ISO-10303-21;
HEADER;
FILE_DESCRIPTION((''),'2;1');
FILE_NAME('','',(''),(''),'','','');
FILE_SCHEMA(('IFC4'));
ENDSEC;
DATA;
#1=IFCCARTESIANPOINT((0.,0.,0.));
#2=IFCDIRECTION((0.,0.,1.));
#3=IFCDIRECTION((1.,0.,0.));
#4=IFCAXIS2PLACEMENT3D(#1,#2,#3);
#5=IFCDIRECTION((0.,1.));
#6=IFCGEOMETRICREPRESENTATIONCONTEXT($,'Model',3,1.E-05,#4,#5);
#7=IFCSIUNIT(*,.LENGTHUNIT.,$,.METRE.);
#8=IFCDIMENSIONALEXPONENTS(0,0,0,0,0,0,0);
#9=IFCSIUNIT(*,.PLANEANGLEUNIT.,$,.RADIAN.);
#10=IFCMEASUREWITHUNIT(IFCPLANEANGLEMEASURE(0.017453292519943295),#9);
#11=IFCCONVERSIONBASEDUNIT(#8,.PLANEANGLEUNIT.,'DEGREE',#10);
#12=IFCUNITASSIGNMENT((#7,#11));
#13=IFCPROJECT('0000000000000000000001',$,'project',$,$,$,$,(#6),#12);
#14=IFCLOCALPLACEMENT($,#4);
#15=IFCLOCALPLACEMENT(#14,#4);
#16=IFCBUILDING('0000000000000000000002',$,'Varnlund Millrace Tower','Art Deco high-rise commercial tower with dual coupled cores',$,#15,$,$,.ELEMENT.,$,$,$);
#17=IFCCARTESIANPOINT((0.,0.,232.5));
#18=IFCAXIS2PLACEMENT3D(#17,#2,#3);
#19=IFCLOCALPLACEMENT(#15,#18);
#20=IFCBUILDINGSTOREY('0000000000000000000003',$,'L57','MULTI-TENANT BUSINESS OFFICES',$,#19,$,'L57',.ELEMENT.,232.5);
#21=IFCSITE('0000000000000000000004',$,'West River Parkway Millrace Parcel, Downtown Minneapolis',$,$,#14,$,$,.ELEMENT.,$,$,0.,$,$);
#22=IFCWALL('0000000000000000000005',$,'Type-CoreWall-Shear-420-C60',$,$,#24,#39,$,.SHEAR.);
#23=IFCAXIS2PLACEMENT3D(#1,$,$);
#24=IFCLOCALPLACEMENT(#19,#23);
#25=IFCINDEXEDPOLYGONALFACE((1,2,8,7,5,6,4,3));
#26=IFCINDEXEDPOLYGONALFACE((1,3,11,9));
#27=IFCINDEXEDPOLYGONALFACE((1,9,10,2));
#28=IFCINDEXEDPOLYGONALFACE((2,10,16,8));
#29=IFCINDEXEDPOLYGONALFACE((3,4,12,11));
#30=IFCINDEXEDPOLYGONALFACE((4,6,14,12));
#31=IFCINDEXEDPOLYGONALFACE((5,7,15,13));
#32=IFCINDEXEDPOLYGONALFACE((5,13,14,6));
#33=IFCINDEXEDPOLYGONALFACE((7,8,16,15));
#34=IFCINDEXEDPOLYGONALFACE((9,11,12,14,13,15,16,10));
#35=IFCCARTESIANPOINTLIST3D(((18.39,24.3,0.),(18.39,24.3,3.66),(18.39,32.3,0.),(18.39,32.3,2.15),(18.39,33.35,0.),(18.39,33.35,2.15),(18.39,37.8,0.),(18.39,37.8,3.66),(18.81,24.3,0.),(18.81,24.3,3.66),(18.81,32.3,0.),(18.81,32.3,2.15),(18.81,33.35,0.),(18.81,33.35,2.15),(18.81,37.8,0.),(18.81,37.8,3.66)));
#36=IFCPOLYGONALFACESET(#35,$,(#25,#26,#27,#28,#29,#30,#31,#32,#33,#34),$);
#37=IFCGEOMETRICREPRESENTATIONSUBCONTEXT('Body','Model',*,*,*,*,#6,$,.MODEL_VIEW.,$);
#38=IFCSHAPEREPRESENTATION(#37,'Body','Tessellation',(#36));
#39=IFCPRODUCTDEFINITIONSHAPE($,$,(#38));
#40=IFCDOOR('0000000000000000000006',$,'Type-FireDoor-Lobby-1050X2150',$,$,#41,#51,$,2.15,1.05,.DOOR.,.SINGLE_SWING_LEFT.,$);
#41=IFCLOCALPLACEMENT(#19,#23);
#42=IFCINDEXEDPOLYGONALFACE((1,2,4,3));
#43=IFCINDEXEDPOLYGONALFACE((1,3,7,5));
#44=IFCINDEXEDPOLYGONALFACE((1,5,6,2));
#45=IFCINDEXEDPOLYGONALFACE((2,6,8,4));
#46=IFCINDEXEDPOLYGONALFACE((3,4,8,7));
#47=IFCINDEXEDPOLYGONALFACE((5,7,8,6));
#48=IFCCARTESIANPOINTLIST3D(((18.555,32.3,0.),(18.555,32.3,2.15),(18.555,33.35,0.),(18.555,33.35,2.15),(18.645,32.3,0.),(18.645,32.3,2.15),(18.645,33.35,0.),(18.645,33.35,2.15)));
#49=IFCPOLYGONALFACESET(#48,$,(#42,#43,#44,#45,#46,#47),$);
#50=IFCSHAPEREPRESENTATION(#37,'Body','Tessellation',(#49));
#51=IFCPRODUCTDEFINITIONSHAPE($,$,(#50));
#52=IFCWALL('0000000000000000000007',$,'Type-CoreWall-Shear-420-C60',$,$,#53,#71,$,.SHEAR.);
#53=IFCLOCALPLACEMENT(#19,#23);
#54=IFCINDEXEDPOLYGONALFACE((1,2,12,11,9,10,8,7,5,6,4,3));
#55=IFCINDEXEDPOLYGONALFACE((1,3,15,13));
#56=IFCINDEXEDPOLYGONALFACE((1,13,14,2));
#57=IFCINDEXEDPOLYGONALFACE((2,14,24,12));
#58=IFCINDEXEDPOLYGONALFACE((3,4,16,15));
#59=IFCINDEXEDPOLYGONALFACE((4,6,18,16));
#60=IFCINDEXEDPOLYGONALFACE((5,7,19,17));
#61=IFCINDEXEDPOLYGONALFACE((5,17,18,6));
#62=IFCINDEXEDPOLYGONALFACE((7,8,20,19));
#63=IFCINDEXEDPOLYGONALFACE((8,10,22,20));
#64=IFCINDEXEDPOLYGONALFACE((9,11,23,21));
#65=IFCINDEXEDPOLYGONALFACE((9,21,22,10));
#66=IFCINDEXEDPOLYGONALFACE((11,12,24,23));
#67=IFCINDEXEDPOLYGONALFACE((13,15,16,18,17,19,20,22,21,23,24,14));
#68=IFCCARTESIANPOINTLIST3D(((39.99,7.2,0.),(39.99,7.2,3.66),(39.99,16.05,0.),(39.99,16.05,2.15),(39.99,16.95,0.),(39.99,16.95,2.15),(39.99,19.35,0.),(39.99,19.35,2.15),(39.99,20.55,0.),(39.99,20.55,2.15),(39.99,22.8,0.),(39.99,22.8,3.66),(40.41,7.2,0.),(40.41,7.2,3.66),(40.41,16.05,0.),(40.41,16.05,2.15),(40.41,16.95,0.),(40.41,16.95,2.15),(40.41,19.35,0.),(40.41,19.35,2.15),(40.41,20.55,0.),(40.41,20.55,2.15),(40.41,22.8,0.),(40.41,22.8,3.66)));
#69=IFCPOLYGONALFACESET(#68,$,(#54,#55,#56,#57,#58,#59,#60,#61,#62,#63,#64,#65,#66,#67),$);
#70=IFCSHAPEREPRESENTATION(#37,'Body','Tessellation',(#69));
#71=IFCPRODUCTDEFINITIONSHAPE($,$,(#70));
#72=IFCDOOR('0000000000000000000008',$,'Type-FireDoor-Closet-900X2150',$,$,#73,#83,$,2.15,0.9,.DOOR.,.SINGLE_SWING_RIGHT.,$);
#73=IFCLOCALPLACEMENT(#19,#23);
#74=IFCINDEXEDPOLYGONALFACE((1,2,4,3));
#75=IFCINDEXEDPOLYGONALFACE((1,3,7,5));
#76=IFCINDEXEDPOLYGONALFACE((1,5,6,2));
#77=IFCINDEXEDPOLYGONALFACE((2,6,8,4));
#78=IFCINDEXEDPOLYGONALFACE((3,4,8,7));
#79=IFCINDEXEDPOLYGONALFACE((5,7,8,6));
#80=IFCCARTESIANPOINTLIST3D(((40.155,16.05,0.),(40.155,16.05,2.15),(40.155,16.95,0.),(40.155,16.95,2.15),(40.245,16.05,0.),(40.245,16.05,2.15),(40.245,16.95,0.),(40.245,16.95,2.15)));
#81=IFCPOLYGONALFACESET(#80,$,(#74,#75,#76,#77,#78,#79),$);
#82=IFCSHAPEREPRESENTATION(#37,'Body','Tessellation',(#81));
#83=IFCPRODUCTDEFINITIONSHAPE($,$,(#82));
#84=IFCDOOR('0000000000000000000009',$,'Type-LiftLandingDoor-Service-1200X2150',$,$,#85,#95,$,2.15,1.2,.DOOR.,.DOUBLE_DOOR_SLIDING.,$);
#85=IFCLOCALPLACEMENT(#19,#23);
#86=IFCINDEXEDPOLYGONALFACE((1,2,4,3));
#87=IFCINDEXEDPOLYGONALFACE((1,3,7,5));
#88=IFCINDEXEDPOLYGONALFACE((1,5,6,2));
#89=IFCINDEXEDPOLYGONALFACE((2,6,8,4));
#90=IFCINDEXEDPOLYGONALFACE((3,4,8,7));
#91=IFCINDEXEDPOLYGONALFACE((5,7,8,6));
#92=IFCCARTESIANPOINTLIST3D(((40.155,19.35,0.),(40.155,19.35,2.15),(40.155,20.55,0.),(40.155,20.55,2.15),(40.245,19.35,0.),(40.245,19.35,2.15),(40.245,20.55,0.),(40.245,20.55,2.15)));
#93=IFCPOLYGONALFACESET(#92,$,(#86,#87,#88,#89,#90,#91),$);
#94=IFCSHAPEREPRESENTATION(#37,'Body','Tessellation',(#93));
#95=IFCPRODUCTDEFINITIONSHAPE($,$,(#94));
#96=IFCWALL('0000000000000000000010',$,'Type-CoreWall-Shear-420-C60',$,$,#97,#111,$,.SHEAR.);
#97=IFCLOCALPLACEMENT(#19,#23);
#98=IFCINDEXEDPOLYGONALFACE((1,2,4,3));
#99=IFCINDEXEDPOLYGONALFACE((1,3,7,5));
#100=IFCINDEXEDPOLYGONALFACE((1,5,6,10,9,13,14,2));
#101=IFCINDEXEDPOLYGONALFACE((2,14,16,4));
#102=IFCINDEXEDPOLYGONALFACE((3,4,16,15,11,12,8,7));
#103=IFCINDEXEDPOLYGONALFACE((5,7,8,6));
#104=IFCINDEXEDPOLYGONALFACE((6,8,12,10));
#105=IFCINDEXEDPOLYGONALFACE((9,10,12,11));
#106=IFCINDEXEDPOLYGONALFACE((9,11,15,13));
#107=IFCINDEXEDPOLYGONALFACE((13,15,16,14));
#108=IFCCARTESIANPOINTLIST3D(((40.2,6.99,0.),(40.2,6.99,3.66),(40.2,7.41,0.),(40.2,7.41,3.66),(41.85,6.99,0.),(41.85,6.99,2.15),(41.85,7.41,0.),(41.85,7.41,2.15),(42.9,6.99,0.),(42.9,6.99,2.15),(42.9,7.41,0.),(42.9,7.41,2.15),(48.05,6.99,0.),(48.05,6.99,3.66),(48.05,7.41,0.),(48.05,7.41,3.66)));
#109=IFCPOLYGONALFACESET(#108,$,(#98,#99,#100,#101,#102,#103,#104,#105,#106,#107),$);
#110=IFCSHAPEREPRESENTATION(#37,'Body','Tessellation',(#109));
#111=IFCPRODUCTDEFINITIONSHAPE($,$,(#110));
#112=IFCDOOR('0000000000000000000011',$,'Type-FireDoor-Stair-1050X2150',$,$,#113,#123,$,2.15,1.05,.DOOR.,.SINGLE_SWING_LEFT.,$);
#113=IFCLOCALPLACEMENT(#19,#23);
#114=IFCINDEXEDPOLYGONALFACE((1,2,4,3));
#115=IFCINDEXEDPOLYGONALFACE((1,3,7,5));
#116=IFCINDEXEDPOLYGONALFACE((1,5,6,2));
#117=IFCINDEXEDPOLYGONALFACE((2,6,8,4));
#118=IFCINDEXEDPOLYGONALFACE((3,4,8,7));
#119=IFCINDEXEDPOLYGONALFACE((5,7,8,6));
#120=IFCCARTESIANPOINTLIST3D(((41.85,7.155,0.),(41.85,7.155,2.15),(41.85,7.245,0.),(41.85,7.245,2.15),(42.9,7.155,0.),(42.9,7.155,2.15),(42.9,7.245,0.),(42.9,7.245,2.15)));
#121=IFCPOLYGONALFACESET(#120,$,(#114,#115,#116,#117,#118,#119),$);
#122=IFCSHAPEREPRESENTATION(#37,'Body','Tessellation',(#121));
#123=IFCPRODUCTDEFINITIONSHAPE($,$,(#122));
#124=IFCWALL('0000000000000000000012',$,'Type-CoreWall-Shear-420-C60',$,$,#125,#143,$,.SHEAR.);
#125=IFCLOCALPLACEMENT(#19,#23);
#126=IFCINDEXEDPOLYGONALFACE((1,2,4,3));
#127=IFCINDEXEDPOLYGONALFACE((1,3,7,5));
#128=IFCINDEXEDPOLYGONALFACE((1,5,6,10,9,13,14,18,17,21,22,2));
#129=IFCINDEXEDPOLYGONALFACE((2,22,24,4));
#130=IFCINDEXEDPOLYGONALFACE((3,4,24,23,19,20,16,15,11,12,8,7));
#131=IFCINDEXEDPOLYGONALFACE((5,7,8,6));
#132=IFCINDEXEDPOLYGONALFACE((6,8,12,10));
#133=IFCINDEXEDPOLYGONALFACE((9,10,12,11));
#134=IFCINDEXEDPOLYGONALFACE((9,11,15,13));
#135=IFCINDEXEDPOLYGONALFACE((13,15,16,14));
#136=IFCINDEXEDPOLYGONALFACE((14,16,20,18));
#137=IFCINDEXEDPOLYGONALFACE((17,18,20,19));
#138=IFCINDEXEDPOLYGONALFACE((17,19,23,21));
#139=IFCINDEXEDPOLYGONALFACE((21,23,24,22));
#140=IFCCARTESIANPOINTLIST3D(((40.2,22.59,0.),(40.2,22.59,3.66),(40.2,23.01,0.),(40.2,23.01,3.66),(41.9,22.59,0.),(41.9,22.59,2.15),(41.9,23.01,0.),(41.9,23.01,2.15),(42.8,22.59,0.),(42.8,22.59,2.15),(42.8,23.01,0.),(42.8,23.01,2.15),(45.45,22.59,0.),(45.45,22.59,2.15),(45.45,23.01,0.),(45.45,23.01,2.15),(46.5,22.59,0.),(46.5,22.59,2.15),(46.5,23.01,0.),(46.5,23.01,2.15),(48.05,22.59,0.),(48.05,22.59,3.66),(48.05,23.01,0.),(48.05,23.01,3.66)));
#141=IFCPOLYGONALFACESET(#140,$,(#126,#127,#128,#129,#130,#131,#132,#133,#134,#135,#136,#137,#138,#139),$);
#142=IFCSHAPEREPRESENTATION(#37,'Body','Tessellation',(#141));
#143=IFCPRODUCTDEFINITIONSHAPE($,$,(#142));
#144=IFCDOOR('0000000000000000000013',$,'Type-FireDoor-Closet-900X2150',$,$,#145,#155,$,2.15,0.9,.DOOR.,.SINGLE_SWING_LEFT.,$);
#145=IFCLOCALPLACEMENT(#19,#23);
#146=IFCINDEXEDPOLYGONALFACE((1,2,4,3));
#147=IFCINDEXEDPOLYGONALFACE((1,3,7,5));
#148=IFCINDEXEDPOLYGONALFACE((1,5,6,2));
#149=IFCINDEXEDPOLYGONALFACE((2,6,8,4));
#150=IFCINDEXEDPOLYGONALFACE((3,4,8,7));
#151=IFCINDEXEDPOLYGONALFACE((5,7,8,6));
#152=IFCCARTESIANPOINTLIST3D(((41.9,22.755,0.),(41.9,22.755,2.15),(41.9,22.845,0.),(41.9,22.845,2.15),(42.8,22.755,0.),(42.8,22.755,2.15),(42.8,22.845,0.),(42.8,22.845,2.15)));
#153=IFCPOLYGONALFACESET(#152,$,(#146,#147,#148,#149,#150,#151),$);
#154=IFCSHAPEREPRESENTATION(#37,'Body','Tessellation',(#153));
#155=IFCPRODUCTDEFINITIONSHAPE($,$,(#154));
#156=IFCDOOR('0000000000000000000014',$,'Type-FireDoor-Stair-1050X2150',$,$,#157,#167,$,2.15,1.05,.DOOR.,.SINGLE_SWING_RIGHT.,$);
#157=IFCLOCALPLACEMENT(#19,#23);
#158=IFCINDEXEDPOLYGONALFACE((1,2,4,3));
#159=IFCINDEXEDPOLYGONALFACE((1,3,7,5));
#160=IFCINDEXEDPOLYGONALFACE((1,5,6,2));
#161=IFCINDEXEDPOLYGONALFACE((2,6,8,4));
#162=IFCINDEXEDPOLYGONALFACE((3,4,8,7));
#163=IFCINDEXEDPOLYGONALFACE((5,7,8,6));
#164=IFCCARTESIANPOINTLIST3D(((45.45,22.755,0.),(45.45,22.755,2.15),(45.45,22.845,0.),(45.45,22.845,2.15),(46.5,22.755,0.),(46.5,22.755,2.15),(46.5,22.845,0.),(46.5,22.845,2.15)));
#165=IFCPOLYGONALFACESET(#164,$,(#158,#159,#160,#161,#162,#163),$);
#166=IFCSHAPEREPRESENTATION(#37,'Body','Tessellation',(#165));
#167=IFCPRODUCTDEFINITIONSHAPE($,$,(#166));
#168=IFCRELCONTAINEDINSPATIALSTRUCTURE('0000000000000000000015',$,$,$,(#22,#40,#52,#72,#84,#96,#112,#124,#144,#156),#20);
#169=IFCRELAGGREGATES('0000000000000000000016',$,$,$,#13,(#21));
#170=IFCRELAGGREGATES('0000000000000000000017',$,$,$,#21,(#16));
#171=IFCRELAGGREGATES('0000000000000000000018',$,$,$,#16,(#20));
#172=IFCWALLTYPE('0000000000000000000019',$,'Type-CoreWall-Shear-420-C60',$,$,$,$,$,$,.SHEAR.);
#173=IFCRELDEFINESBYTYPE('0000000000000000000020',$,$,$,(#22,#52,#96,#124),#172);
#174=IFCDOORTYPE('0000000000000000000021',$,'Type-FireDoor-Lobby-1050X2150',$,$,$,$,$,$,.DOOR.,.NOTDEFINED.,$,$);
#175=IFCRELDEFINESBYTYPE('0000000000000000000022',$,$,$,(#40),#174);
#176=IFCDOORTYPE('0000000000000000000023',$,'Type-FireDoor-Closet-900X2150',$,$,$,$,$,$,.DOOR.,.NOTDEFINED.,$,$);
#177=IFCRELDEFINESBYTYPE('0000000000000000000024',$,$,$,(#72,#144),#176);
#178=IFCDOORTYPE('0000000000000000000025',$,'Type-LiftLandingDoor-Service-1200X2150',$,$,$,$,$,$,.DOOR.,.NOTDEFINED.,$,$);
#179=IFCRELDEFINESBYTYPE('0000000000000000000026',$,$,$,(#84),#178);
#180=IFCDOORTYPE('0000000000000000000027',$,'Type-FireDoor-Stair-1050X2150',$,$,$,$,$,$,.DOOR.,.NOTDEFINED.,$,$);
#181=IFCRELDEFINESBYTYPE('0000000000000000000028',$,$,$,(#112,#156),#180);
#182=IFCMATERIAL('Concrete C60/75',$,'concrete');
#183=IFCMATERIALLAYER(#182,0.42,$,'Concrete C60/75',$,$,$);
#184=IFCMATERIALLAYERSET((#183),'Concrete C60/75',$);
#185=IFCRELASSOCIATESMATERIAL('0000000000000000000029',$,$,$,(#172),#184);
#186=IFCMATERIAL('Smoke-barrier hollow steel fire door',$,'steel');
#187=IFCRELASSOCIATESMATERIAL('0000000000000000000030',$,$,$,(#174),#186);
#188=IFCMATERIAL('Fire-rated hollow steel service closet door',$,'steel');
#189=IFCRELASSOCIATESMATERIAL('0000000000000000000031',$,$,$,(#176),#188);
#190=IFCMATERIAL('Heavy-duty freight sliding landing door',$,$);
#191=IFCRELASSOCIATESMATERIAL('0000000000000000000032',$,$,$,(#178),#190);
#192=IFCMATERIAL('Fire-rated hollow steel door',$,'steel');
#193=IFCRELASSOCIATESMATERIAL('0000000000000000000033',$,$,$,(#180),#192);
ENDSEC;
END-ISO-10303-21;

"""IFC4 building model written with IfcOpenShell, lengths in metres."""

from ifc_helpers import new_model, entity, si_unit, converted_unit, direction, frame, origin_with_axes, origin_2d_with_axis, place, context, subcontext, project, spatial, polyline, rectangle, outline, extrude, material, layer, layer_set, type_object, element, fill, save


model = new_model("IFC4")

# Units and contexts
model_context = context("Model", 3, precision=1e-05, world=origin_with_axes(), true_north=direction((0.0, 1.0)))
body_context = subcontext(model_context, "Body", "Model", "MODEL_VIEW")
ifc_project = project(units=[si_unit("LENGTHUNIT", "METRE"), converted_unit("PLANEANGLEUNIT", "DEGREE", entity("IfcPlaneAngleMeasure", 0.017453292519943295), si_unit("PLANEANGLEUNIT", "RADIAN"), dimensions=[0, 0, 0, 0, 0, 0, 0])], contexts=[model_context])

# Site, building, storey
site_placement = place(None, origin_with_axes())
site = spatial("IfcSite", under=ifc_project, at=site_placement, Name="West River Parkway Millrace Parcel, Downtown Minneapolis", CompositionType="ELEMENT", RefElevation=0.0)
building_placement = place(site_placement, origin_with_axes())
building = spatial("IfcBuilding", under=site, at=building_placement, Name="Varnlund Millrace Tower", Description="Art Deco high-rise commercial tower with dual coupled cores", CompositionType="ELEMENT")
storey_placement = place(building_placement, frame((0.0, 0.0, 232.5), z_axis=(0.0, 0.0, 1.0), x_axis=(1.0, 0.0, 0.0)))
storey = spatial("IfcBuildingStorey", under=building, at=storey_placement, Name="L57", Description="MULTI-TENANT BUSINESS OFFICES", LongName="L57", CompositionType="ELEMENT", Elevation=232.5)

# Wall, opening, door
ifc_material_1 = material(Name="Concrete C60/75", Category="concrete")
ifc_layer_1 = layer(ifc_material_1, 0.42, Name="Concrete C60/75")
ifc_layer_set_1 = layer_set([ifc_layer_1], Name="Concrete C60/75")
wall_type_1 = type_object("IfcWallType", Name="Type-CoreWall-Shear-420-C60", PredefinedType="SHEAR", material=ifc_layer_set_1)
wall_1_placement = place(storey_placement, frame((18.6, 24.3, 0.0), z_axis=(0.0, 0.0, 1.0), x_axis=(0.0, 1.0, 0.0)))
wall_1 = element("IfcWall", 1, at=wall_1_placement, inside=storey, type_object=wall_type_1, Name="Type-CoreWall-Shear-420-C60", PredefinedType="SHEAR", context=body_context, shape_type="SweptSolid", body=[
    extrude(outline(polyline([(0.0, -0.21), (13.5, -0.21), (13.5, 0.21), (0.0, 0.21), (0.0, -0.21)])), origin_with_axes(), (0.0, 0.0, 1.0), 3.66),
])
opening_1_placement = place(wall_1_placement, frame((8.525, 0.0, 0.0), z_axis=(0.0, 0.0, 1.0), x_axis=(1.0, 0.0, 0.0)))
opening_1 = element("IfcOpeningElement", 2, at=opening_1_placement, cuts=wall_1, PredefinedType="OPENING", context=body_context, shape_type="SweptSolid", body=[
    extrude(rectangle(XDim=1.05, YDim=0.44, at=origin_2d_with_axis()), origin_with_axes(), (0.0, 0.0, 1.0), 2.15),
])
ifc_material_2 = material(Name="Smoke-barrier hollow steel fire door", Category="steel")
door_type_1 = type_object("IfcDoorType", Name="Type-FireDoor-Lobby-1050X2150", OperationType="NOTDEFINED", PredefinedType="DOOR", material=ifc_material_2)
door_1_placement = place(wall_1_placement, frame((8.525, 0.0, 0.0), z_axis=(0.0, 0.0, 1.0), x_axis=(1.0, 0.0, 0.0)))
door_1 = element("IfcDoor", 3, at=door_1_placement, inside=storey, type_object=door_type_1, Name="Type-FireDoor-Lobby-1050X2150", OperationType="SINGLE_SWING_LEFT", OverallHeight=2.15, OverallWidth=1.05, PredefinedType="DOOR", context=body_context, shape_type="SweptSolid", body=[
    extrude(rectangle(XDim=1.05, YDim=0.09, at=origin_2d_with_axis()), origin_with_axes(), (0.0, 0.0, 1.0), 2.15),
])
fill(opening_1, door_1)

# Wall, openings, doors
wall_2_placement = place(storey_placement, frame((40.2, 7.2, 0.0), z_axis=(0.0, 0.0, 1.0), x_axis=(0.0, 1.0, 0.0)))
wall_2 = element("IfcWall", 4, at=wall_2_placement, inside=storey, type_object=wall_type_1, Name="Type-CoreWall-Shear-420-C60", PredefinedType="SHEAR", context=body_context, shape_type="SweptSolid", body=[
    extrude(outline(polyline([(0.0, -0.21), (15.6, -0.21), (15.6, 0.21), (0.0, 0.21), (0.0, -0.21)])), origin_with_axes(), (0.0, 0.0, 1.0), 3.66),
])
opening_2_placement = place(wall_2_placement, frame((12.75, 0.0, 0.0), z_axis=(0.0, 0.0, 1.0), x_axis=(1.0, 0.0, 0.0)))
opening_2 = element("IfcOpeningElement", 5, at=opening_2_placement, cuts=wall_2, PredefinedType="OPENING", context=body_context, shape_type="SweptSolid", body=[
    extrude(rectangle(XDim=1.2, YDim=0.44, at=origin_2d_with_axis()), origin_with_axes(), (0.0, 0.0, 1.0), 2.15),
])
opening_3_placement = place(wall_2_placement, frame((9.3, 0.0, 0.0), z_axis=(0.0, 0.0, 1.0), x_axis=(1.0, 0.0, 0.0)))
opening_3 = element("IfcOpeningElement", 6, at=opening_3_placement, cuts=wall_2, PredefinedType="OPENING", context=body_context, shape_type="SweptSolid", body=[
    extrude(rectangle(XDim=0.9, YDim=0.44, at=origin_2d_with_axis()), origin_with_axes(), (0.0, 0.0, 1.0), 2.15),
])
ifc_material_3 = material(Name="Fire-rated hollow steel service closet door", Category="steel")
door_type_2 = type_object("IfcDoorType", Name="Type-FireDoor-Closet-900X2150", OperationType="NOTDEFINED", PredefinedType="DOOR", material=ifc_material_3)
door_2_placement = place(wall_2_placement, frame((9.3, 0.0, 0.0), z_axis=(0.0, 0.0, 1.0), x_axis=(1.0, 0.0, 0.0)))
door_2 = element("IfcDoor", 7, at=door_2_placement, inside=storey, type_object=door_type_2, Name="Type-FireDoor-Closet-900X2150", OperationType="SINGLE_SWING_RIGHT", OverallHeight=2.15, OverallWidth=0.9, PredefinedType="DOOR", context=body_context, shape_type="SweptSolid", body=[
    extrude(rectangle(XDim=0.9, YDim=0.09, at=origin_2d_with_axis()), origin_with_axes(), (0.0, 0.0, 1.0), 2.15),
])
fill(opening_3, door_2)
ifc_material_4 = material(Name="Heavy-duty freight sliding landing door")
door_type_3 = type_object("IfcDoorType", Name="Type-LiftLandingDoor-Service-1200X2150", OperationType="NOTDEFINED", PredefinedType="DOOR", material=ifc_material_4)
door_3_placement = place(wall_2_placement, frame((12.75, 0.0, 0.0), z_axis=(0.0, 0.0, 1.0), x_axis=(1.0, 0.0, 0.0)))
door_3 = element("IfcDoor", 8, at=door_3_placement, inside=storey, type_object=door_type_3, Name="Type-LiftLandingDoor-Service-1200X2150", OperationType="DOUBLE_DOOR_SLIDING", OverallHeight=2.15, OverallWidth=1.2, PredefinedType="DOOR", context=body_context, shape_type="SweptSolid", body=[
    extrude(rectangle(XDim=1.2, YDim=0.09, at=origin_2d_with_axis()), origin_with_axes(), (0.0, 0.0, 1.0), 2.15),
])
fill(opening_2, door_3)

# Wall, opening, door
wall_3_placement = place(storey_placement, frame((40.2, 7.2, 0.0), z_axis=(0.0, 0.0, 1.0), x_axis=(1.0, 0.0, 0.0)))
wall_3 = element("IfcWall", 9, at=wall_3_placement, inside=storey, type_object=wall_type_1, Name="Type-CoreWall-Shear-420-C60", PredefinedType="SHEAR", context=body_context, shape_type="SweptSolid", body=[
    extrude(outline(polyline([(0.0, -0.21), (7.85, -0.21), (7.85, 0.21), (0.0, 0.21), (0.0, -0.21)])), origin_with_axes(), (0.0, 0.0, 1.0), 3.66),
])
opening_4_placement = place(wall_3_placement, frame((2.175, 0.0, 0.0), z_axis=(0.0, 0.0, 1.0), x_axis=(1.0, 0.0, 0.0)))
opening_4 = element("IfcOpeningElement", 10, at=opening_4_placement, cuts=wall_3, PredefinedType="OPENING", context=body_context, shape_type="SweptSolid", body=[
    extrude(rectangle(XDim=1.05, YDim=0.44, at=origin_2d_with_axis()), origin_with_axes(), (0.0, 0.0, 1.0), 2.15),
])
ifc_material_5 = material(Name="Fire-rated hollow steel door", Category="steel")
door_type_4 = type_object("IfcDoorType", Name="Type-FireDoor-Stair-1050X2150", OperationType="NOTDEFINED", PredefinedType="DOOR", material=ifc_material_5)
door_4_placement = place(wall_3_placement, frame((2.175, 0.0, 0.0), z_axis=(0.0, 0.0, 1.0), x_axis=(1.0, 0.0, 0.0)))
door_4 = element("IfcDoor", 11, at=door_4_placement, inside=storey, type_object=door_type_4, Name="Type-FireDoor-Stair-1050X2150", OperationType="SINGLE_SWING_LEFT", OverallHeight=2.15, OverallWidth=1.05, PredefinedType="DOOR", context=body_context, shape_type="SweptSolid", body=[
    extrude(rectangle(XDim=1.05, YDim=0.09, at=origin_2d_with_axis()), origin_with_axes(), (0.0, 0.0, 1.0), 2.15),
])
fill(opening_4, door_4)

# Wall, openings, doors
wall_4_placement = place(storey_placement, frame((40.2, 22.8, 0.0), z_axis=(0.0, 0.0, 1.0), x_axis=(1.0, 0.0, 0.0)))
wall_4 = element("IfcWall", 12, at=wall_4_placement, inside=storey, type_object=wall_type_1, Name="Type-CoreWall-Shear-420-C60", PredefinedType="SHEAR", context=body_context, shape_type="SweptSolid", body=[
    extrude(outline(polyline([(0.0, -0.21), (7.85, -0.21), (7.85, 0.21), (0.0, 0.21), (0.0, -0.21)])), origin_with_axes(), (0.0, 0.0, 1.0), 3.66),
])
opening_5_placement = place(wall_4_placement, frame((5.775, 0.0, 0.0), z_axis=(0.0, 0.0, 1.0), x_axis=(1.0, 0.0, 0.0)))
opening_5 = element("IfcOpeningElement", 13, at=opening_5_placement, cuts=wall_4, PredefinedType="OPENING", context=body_context, shape_type="SweptSolid", body=[
    extrude(rectangle(XDim=1.05, YDim=0.44, at=origin_2d_with_axis()), origin_with_axes(), (0.0, 0.0, 1.0), 2.15),
])
opening_6_placement = place(wall_4_placement, frame((2.15, 0.0, 0.0), z_axis=(0.0, 0.0, 1.0), x_axis=(1.0, 0.0, 0.0)))
opening_6 = element("IfcOpeningElement", 14, at=opening_6_placement, cuts=wall_4, PredefinedType="OPENING", context=body_context, shape_type="SweptSolid", body=[
    extrude(rectangle(XDim=0.9, YDim=0.44, at=origin_2d_with_axis()), origin_with_axes(), (0.0, 0.0, 1.0), 2.15),
])
door_5_placement = place(wall_4_placement, frame((2.15, 0.0, 0.0), z_axis=(0.0, 0.0, 1.0), x_axis=(1.0, 0.0, 0.0)))
door_5 = element("IfcDoor", 15, at=door_5_placement, inside=storey, type_object=door_type_2, Name="Type-FireDoor-Closet-900X2150", OperationType="SINGLE_SWING_LEFT", OverallHeight=2.15, OverallWidth=0.9, PredefinedType="DOOR", context=body_context, shape_type="SweptSolid", body=[
    extrude(rectangle(XDim=0.9, YDim=0.09, at=origin_2d_with_axis()), origin_with_axes(), (0.0, 0.0, 1.0), 2.15),
])
fill(opening_6, door_5)
door_6_placement = place(wall_4_placement, frame((5.775, 0.0, 0.0), z_axis=(0.0, 0.0, 1.0), x_axis=(1.0, 0.0, 0.0)))
door_6 = element("IfcDoor", 16, at=door_6_placement, inside=storey, type_object=door_type_4, Name="Type-FireDoor-Stair-1050X2150", OperationType="SINGLE_SWING_RIGHT", OverallHeight=2.15, OverallWidth=1.05, PredefinedType="DOOR", context=body_context, shape_type="SweptSolid", body=[
    extrude(rectangle(XDim=1.05, YDim=0.09, at=origin_2d_with_axis()), origin_with_axes(), (0.0, 0.0, 1.0), 2.15),
])
fill(opening_5, door_6)

save(model, "model.ifc")
